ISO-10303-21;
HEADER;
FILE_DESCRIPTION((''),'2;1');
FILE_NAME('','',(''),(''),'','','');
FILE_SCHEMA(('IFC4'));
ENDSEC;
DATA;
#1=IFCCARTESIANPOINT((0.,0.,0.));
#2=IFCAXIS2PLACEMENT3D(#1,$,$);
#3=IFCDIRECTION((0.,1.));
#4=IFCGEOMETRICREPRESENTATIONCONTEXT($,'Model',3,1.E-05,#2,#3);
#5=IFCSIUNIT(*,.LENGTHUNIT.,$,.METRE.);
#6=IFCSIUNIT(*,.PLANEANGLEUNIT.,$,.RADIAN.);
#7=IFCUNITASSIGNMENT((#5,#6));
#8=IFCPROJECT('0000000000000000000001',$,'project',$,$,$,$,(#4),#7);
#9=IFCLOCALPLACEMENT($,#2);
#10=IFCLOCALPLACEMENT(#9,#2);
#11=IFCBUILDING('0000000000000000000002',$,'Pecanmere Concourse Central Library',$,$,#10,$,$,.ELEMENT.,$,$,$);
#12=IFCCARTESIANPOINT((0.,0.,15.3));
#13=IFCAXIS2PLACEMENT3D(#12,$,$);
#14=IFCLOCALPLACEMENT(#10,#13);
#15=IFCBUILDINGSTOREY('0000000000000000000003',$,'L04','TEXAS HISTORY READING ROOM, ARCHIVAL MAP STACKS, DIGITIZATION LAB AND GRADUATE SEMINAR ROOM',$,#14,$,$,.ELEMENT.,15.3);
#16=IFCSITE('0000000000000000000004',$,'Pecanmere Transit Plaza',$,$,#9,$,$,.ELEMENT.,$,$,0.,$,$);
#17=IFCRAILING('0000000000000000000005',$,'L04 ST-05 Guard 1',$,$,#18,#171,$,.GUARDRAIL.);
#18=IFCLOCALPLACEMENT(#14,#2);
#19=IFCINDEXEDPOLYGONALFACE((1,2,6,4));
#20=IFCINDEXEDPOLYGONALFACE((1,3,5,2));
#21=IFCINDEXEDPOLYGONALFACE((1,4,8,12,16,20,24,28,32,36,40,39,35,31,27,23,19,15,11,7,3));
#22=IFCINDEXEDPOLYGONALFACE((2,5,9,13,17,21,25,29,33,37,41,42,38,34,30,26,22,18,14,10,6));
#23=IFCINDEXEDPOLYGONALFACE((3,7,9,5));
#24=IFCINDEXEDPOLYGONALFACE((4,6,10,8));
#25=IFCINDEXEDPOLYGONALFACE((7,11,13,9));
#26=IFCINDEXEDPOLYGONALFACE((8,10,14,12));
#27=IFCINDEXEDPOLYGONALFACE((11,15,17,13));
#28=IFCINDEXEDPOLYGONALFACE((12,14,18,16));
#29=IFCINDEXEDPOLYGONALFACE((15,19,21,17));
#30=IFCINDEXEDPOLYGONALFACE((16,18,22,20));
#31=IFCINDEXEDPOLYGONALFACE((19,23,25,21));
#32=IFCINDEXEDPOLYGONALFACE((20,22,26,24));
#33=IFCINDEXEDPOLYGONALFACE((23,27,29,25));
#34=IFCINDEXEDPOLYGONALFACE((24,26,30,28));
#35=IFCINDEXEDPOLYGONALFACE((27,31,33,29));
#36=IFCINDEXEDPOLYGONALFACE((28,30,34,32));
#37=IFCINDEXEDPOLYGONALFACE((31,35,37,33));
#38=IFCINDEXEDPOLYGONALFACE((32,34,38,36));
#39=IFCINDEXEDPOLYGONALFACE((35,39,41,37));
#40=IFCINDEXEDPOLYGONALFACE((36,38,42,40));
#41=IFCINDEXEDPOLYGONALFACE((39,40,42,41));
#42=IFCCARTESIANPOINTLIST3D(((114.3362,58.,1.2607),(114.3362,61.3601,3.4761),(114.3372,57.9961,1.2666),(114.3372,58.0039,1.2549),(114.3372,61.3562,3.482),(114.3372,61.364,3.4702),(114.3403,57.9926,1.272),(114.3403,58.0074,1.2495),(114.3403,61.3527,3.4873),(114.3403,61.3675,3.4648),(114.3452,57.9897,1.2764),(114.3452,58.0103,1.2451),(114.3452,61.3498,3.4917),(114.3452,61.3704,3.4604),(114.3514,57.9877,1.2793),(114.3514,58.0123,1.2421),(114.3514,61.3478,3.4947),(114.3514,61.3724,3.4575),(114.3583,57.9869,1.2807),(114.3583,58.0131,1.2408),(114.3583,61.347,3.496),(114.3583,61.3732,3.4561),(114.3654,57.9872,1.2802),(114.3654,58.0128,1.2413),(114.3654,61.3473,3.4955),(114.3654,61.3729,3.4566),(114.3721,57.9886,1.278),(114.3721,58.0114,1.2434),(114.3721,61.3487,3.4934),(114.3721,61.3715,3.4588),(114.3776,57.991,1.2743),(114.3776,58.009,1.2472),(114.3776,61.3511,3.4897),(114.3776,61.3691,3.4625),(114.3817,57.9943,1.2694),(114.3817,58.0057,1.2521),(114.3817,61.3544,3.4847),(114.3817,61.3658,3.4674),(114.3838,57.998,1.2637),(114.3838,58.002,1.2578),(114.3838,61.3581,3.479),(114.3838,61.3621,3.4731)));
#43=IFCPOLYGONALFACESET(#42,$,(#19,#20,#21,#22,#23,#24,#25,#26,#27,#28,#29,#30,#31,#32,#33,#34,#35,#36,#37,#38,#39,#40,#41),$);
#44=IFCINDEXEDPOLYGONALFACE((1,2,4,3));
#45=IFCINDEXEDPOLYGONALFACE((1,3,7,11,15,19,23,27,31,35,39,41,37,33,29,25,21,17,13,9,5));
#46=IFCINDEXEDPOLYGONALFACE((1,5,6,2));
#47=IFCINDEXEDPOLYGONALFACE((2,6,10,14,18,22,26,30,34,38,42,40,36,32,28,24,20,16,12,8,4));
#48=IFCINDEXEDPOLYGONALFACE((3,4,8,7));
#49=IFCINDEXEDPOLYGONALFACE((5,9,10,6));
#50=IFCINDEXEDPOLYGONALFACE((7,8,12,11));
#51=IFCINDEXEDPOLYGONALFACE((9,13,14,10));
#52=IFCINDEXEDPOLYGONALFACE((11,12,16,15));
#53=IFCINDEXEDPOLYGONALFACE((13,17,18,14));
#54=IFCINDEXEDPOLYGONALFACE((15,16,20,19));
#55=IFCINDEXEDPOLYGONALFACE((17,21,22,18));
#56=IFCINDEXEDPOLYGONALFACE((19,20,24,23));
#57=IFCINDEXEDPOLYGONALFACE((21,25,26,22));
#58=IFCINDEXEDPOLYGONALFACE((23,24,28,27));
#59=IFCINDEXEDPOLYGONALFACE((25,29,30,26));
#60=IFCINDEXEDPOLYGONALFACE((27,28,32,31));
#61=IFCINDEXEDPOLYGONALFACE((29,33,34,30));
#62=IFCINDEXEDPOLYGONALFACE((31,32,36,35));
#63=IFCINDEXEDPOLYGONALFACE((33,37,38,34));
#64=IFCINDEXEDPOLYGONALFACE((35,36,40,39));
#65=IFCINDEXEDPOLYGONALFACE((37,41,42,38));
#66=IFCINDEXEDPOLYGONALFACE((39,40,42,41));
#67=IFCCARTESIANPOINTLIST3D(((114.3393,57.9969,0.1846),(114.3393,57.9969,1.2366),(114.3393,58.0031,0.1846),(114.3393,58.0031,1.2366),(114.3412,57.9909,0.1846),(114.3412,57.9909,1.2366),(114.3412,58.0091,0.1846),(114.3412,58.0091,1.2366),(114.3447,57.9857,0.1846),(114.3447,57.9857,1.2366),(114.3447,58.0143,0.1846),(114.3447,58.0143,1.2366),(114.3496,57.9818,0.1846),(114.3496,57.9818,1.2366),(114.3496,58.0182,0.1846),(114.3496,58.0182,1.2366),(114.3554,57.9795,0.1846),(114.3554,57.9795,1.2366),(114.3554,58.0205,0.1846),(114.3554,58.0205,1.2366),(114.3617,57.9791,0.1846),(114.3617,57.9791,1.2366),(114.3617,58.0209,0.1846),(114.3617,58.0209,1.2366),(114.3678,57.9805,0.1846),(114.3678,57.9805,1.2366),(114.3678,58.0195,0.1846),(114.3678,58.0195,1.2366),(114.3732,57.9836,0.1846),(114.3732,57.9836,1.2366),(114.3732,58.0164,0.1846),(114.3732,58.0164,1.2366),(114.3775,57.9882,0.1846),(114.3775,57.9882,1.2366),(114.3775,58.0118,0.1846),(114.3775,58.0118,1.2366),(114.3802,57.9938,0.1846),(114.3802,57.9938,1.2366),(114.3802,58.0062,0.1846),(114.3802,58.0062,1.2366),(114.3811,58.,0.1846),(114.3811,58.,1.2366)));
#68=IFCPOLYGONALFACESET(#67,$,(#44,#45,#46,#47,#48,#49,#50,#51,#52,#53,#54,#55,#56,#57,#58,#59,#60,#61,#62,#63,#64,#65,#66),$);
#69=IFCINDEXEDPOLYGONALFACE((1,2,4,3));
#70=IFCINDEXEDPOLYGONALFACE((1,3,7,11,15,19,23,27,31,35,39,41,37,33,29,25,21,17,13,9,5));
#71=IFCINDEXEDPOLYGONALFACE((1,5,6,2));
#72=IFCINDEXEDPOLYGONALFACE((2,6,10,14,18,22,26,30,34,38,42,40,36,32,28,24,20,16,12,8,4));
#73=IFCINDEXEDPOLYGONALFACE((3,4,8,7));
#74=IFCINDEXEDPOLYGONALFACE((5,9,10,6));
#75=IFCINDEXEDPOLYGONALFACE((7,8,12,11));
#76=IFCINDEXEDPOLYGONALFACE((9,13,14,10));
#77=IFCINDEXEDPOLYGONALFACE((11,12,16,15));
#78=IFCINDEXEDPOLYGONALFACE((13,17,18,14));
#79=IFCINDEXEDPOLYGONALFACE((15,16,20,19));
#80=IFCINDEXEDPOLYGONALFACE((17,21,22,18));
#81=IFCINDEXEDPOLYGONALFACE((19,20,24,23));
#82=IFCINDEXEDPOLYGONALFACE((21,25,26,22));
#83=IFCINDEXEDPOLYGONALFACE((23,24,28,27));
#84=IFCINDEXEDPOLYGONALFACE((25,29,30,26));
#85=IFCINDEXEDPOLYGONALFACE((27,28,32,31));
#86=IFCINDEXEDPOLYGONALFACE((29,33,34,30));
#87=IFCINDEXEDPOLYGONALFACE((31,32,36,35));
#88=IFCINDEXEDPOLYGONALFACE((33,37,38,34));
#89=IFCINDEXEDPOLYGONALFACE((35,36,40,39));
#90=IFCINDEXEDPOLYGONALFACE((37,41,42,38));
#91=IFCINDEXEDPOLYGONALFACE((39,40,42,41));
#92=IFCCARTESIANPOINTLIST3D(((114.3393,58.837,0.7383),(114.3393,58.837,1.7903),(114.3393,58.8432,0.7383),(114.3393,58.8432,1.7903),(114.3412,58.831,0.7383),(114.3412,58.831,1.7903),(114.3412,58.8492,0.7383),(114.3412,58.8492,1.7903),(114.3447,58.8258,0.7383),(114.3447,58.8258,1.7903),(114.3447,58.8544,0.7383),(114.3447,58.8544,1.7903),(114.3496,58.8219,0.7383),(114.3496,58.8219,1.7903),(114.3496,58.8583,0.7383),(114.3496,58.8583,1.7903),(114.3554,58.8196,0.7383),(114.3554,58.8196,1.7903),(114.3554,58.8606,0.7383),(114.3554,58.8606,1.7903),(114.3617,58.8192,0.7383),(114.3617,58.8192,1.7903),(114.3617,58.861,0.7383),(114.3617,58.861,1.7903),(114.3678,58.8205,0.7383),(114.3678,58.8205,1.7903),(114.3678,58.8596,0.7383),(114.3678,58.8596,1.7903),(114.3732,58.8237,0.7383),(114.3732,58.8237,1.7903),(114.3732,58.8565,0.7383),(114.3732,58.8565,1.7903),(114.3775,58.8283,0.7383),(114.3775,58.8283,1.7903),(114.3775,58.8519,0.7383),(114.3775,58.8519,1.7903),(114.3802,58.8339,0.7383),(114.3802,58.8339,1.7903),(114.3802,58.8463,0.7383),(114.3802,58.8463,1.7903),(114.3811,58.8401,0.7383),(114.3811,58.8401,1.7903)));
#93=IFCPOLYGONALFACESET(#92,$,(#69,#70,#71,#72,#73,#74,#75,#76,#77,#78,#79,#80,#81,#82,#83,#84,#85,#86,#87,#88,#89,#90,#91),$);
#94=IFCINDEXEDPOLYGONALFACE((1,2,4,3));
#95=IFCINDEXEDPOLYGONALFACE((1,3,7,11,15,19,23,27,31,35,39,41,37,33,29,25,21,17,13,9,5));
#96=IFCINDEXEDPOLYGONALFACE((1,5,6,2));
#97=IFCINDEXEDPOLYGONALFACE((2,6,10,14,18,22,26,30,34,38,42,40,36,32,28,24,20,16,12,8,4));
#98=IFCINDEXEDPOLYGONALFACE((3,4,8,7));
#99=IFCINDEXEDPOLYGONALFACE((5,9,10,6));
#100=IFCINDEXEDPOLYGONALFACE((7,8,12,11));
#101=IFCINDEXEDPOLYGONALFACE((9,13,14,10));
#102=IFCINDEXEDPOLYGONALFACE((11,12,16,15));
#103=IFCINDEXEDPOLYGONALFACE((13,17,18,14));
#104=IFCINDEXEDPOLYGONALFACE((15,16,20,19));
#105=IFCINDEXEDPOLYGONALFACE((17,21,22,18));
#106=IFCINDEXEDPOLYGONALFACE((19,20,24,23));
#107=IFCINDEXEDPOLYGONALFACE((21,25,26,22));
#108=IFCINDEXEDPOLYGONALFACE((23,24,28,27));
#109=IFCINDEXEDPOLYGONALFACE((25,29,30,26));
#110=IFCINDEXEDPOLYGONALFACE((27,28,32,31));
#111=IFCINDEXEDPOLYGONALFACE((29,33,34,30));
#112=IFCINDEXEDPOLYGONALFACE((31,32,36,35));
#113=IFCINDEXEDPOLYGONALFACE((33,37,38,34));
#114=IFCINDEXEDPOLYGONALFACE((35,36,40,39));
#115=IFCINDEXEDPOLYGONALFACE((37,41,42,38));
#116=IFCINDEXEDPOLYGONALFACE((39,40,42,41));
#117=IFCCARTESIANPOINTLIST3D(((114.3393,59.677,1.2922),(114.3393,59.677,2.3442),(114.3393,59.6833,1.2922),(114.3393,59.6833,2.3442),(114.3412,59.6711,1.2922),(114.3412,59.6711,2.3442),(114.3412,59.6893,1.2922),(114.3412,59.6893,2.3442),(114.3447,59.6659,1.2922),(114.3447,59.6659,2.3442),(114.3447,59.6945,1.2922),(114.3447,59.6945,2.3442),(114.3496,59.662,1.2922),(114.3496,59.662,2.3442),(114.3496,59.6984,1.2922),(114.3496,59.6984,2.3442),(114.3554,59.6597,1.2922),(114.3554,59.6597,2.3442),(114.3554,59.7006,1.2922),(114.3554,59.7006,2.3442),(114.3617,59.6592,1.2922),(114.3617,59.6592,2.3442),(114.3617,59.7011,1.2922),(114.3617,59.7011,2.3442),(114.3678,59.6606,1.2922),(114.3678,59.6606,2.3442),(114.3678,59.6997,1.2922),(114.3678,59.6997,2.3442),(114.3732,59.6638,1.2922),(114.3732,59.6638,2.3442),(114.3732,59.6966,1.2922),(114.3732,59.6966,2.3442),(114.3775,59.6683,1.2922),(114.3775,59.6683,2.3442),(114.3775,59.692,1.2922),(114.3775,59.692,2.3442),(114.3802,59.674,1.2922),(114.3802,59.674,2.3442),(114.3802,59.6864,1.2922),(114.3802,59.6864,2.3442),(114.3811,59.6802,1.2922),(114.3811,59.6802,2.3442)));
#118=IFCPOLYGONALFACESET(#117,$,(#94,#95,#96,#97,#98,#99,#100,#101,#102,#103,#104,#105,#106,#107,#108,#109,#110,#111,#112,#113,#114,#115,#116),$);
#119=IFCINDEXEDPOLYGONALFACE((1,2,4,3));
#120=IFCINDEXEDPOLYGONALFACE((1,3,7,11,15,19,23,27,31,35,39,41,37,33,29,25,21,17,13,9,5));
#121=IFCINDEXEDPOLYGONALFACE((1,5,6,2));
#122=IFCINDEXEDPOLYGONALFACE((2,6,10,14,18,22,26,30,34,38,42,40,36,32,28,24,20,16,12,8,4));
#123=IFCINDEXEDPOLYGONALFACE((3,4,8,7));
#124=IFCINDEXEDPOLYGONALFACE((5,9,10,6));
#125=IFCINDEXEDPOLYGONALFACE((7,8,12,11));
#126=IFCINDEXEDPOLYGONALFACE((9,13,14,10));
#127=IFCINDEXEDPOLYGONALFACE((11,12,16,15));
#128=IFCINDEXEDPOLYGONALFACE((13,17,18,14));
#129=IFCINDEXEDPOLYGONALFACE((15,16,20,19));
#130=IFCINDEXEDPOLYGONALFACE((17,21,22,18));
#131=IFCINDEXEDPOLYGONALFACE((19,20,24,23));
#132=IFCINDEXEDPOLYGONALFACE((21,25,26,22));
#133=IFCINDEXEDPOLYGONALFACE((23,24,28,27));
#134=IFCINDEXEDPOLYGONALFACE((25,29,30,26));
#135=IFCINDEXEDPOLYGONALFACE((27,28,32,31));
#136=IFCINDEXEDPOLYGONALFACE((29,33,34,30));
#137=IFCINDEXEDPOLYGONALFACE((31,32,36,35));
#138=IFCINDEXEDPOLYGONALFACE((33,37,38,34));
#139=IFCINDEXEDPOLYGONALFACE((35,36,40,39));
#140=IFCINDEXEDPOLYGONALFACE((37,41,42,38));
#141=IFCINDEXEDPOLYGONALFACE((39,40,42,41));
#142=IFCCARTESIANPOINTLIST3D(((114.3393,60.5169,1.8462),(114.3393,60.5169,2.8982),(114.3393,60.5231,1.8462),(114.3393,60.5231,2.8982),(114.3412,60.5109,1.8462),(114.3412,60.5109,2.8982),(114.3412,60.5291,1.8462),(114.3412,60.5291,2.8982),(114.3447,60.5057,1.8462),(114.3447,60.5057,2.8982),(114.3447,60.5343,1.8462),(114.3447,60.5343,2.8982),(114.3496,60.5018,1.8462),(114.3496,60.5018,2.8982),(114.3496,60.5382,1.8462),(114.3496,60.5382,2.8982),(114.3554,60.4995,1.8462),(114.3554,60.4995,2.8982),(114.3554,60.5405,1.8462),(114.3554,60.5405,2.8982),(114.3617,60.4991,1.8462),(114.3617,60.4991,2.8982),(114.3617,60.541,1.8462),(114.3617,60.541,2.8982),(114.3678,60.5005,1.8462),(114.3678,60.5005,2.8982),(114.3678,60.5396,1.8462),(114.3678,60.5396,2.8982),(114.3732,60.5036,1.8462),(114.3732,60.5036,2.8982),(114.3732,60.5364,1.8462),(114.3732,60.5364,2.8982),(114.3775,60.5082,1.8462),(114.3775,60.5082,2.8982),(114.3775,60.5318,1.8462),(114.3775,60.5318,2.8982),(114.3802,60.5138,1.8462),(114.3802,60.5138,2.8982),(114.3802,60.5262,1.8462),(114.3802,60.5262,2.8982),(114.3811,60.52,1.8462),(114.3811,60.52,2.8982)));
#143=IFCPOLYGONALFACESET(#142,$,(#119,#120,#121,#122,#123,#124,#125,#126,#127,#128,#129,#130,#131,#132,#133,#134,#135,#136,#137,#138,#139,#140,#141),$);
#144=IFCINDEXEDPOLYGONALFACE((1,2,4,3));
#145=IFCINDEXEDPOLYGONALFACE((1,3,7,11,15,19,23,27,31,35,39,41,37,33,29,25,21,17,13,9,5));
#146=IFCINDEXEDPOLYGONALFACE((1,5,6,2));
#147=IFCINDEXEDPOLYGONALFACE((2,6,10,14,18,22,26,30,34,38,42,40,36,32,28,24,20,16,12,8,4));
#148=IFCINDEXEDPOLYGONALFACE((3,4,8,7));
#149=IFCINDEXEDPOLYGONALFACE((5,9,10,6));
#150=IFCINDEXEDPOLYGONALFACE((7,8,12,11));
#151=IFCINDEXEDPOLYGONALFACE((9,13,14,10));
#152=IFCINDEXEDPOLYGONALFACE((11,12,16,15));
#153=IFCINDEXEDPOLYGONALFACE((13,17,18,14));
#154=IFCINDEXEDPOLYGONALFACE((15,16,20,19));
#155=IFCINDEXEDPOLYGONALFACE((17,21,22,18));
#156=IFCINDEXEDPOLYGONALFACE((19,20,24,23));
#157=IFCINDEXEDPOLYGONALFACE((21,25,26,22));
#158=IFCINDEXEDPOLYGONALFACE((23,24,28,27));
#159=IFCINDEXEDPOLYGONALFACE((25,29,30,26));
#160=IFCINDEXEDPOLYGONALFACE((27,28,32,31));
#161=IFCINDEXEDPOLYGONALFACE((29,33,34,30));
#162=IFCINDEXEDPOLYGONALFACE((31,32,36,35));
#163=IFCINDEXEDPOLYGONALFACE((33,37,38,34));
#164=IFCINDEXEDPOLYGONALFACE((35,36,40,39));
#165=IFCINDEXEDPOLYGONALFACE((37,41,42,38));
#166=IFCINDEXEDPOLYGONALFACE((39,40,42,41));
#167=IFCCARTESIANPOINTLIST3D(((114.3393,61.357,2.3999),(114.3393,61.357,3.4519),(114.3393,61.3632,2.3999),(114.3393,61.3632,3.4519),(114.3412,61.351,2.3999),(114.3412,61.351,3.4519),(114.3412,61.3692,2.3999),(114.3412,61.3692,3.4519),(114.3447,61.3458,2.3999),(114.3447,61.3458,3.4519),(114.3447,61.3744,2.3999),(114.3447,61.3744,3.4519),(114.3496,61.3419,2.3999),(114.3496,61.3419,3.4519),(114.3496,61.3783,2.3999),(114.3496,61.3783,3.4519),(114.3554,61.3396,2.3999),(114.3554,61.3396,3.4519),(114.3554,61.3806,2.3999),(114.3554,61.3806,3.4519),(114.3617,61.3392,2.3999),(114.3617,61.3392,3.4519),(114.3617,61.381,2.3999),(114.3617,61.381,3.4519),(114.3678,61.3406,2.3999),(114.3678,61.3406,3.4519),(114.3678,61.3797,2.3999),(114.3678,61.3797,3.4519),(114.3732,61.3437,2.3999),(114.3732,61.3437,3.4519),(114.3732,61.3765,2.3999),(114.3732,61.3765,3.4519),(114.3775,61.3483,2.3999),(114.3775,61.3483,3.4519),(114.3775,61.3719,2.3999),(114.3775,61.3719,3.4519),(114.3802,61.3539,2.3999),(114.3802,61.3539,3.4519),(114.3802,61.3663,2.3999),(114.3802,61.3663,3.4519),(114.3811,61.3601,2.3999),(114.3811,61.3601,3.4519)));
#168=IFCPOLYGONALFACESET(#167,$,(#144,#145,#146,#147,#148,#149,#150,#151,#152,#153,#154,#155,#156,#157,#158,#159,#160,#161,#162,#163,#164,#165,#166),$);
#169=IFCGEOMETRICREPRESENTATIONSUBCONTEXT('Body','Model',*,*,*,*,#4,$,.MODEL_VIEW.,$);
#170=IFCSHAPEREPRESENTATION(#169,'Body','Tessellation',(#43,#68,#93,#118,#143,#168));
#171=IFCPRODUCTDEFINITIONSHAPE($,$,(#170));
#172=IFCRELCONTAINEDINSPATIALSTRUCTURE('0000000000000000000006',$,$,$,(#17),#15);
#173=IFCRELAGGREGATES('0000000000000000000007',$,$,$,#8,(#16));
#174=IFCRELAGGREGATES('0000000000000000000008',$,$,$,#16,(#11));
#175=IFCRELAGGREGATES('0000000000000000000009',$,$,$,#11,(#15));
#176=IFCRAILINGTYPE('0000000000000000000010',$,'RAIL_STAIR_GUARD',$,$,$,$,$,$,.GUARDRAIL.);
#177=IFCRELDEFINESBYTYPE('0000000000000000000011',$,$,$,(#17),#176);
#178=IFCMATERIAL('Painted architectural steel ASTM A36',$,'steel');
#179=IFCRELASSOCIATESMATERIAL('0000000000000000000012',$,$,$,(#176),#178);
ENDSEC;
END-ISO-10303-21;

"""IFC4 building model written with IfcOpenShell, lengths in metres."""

from ifc_helpers import new_model, si_unit, direction, frame, origin, origin_2d, place, context, subcontext, project, spatial, circle, extrude, material, type_object, element, save


model = new_model("IFC4")

# Units and contexts
model_context = context("Model", 3, precision=1e-05, world=origin(), true_north=direction((0.0, 1.0)))
body_context = subcontext(model_context, "Body", "Model", "MODEL_VIEW")
ifc_project = project(units=[si_unit("LENGTHUNIT", "METRE"), si_unit("PLANEANGLEUNIT", "RADIAN")], contexts=[model_context])

# Site, building, storey
site_placement = place(None, origin())
site = spatial("IfcSite", under=ifc_project, at=site_placement, Name="Pecanmere Transit Plaza", CompositionType="ELEMENT", RefElevation=0.0)
building_placement = place(site_placement, origin())
building = spatial("IfcBuilding", under=site, at=building_placement, Name="Pecanmere Concourse Central Library", CompositionType="ELEMENT")
storey_placement = place(building_placement, frame((0.0, 0.0, 15.3)))
storey = spatial("IfcBuildingStorey", under=building, at=storey_placement, Name="L04", Description="TEXAS HISTORY READING ROOM, ARCHIVAL MAP STACKS, DIGITIZATION LAB AND GRADUATE SEMINAR ROOM", CompositionType="ELEMENT", Elevation=15.3)

# Railing
ifc_material_1 = material(Name="Painted architectural steel ASTM A36", Category="steel")
railing_type_1 = type_object("IfcRailingType", Name="RAIL_STAIR_GUARD", PredefinedType="GUARDRAIL", material=ifc_material_1)
railing_1_placement = place(storey_placement, frame((114.3601, 58.0, 0.1846)))
element("IfcRailing", 1, at=railing_1_placement, inside=storey, type_object=railing_type_1, Name="L04 ST-05 Guard 1", PredefinedType="GUARDRAIL", context=body_context, shape_type="SweptSolid", body=[
    extrude(circle(Radius=0.0239, at=origin_2d()), frame((0.0, 0.0, 1.0762), z_axis=(0.0, 0.834876, 0.550437), x_axis=(-1.0, 0.0, 0.0)), (0.0, 0.0, 1.0), 4.0247),
    extrude(circle(Radius=0.021, at=origin_2d()), origin(), (0.0, 0.0, 1.0), 1.052),
    extrude(circle(Radius=0.021, at=origin_2d()), frame((0.0, 0.8401, 0.5537)), (0.0, 0.0, 1.0), 1.052),
    extrude(circle(Radius=0.021, at=origin_2d()), frame((0.0, 1.6802, 1.1077)), (0.0, 0.0, 1.0), 1.052),
    extrude(circle(Radius=0.021, at=origin_2d()), frame((0.0, 2.52, 1.6616)), (0.0, 0.0, 1.0), 1.052),
    extrude(circle(Radius=0.021, at=origin_2d()), frame((0.0, 3.3601, 2.2153)), (0.0, 0.0, 1.0), 1.052),
])

save(model, "model.ifc")
